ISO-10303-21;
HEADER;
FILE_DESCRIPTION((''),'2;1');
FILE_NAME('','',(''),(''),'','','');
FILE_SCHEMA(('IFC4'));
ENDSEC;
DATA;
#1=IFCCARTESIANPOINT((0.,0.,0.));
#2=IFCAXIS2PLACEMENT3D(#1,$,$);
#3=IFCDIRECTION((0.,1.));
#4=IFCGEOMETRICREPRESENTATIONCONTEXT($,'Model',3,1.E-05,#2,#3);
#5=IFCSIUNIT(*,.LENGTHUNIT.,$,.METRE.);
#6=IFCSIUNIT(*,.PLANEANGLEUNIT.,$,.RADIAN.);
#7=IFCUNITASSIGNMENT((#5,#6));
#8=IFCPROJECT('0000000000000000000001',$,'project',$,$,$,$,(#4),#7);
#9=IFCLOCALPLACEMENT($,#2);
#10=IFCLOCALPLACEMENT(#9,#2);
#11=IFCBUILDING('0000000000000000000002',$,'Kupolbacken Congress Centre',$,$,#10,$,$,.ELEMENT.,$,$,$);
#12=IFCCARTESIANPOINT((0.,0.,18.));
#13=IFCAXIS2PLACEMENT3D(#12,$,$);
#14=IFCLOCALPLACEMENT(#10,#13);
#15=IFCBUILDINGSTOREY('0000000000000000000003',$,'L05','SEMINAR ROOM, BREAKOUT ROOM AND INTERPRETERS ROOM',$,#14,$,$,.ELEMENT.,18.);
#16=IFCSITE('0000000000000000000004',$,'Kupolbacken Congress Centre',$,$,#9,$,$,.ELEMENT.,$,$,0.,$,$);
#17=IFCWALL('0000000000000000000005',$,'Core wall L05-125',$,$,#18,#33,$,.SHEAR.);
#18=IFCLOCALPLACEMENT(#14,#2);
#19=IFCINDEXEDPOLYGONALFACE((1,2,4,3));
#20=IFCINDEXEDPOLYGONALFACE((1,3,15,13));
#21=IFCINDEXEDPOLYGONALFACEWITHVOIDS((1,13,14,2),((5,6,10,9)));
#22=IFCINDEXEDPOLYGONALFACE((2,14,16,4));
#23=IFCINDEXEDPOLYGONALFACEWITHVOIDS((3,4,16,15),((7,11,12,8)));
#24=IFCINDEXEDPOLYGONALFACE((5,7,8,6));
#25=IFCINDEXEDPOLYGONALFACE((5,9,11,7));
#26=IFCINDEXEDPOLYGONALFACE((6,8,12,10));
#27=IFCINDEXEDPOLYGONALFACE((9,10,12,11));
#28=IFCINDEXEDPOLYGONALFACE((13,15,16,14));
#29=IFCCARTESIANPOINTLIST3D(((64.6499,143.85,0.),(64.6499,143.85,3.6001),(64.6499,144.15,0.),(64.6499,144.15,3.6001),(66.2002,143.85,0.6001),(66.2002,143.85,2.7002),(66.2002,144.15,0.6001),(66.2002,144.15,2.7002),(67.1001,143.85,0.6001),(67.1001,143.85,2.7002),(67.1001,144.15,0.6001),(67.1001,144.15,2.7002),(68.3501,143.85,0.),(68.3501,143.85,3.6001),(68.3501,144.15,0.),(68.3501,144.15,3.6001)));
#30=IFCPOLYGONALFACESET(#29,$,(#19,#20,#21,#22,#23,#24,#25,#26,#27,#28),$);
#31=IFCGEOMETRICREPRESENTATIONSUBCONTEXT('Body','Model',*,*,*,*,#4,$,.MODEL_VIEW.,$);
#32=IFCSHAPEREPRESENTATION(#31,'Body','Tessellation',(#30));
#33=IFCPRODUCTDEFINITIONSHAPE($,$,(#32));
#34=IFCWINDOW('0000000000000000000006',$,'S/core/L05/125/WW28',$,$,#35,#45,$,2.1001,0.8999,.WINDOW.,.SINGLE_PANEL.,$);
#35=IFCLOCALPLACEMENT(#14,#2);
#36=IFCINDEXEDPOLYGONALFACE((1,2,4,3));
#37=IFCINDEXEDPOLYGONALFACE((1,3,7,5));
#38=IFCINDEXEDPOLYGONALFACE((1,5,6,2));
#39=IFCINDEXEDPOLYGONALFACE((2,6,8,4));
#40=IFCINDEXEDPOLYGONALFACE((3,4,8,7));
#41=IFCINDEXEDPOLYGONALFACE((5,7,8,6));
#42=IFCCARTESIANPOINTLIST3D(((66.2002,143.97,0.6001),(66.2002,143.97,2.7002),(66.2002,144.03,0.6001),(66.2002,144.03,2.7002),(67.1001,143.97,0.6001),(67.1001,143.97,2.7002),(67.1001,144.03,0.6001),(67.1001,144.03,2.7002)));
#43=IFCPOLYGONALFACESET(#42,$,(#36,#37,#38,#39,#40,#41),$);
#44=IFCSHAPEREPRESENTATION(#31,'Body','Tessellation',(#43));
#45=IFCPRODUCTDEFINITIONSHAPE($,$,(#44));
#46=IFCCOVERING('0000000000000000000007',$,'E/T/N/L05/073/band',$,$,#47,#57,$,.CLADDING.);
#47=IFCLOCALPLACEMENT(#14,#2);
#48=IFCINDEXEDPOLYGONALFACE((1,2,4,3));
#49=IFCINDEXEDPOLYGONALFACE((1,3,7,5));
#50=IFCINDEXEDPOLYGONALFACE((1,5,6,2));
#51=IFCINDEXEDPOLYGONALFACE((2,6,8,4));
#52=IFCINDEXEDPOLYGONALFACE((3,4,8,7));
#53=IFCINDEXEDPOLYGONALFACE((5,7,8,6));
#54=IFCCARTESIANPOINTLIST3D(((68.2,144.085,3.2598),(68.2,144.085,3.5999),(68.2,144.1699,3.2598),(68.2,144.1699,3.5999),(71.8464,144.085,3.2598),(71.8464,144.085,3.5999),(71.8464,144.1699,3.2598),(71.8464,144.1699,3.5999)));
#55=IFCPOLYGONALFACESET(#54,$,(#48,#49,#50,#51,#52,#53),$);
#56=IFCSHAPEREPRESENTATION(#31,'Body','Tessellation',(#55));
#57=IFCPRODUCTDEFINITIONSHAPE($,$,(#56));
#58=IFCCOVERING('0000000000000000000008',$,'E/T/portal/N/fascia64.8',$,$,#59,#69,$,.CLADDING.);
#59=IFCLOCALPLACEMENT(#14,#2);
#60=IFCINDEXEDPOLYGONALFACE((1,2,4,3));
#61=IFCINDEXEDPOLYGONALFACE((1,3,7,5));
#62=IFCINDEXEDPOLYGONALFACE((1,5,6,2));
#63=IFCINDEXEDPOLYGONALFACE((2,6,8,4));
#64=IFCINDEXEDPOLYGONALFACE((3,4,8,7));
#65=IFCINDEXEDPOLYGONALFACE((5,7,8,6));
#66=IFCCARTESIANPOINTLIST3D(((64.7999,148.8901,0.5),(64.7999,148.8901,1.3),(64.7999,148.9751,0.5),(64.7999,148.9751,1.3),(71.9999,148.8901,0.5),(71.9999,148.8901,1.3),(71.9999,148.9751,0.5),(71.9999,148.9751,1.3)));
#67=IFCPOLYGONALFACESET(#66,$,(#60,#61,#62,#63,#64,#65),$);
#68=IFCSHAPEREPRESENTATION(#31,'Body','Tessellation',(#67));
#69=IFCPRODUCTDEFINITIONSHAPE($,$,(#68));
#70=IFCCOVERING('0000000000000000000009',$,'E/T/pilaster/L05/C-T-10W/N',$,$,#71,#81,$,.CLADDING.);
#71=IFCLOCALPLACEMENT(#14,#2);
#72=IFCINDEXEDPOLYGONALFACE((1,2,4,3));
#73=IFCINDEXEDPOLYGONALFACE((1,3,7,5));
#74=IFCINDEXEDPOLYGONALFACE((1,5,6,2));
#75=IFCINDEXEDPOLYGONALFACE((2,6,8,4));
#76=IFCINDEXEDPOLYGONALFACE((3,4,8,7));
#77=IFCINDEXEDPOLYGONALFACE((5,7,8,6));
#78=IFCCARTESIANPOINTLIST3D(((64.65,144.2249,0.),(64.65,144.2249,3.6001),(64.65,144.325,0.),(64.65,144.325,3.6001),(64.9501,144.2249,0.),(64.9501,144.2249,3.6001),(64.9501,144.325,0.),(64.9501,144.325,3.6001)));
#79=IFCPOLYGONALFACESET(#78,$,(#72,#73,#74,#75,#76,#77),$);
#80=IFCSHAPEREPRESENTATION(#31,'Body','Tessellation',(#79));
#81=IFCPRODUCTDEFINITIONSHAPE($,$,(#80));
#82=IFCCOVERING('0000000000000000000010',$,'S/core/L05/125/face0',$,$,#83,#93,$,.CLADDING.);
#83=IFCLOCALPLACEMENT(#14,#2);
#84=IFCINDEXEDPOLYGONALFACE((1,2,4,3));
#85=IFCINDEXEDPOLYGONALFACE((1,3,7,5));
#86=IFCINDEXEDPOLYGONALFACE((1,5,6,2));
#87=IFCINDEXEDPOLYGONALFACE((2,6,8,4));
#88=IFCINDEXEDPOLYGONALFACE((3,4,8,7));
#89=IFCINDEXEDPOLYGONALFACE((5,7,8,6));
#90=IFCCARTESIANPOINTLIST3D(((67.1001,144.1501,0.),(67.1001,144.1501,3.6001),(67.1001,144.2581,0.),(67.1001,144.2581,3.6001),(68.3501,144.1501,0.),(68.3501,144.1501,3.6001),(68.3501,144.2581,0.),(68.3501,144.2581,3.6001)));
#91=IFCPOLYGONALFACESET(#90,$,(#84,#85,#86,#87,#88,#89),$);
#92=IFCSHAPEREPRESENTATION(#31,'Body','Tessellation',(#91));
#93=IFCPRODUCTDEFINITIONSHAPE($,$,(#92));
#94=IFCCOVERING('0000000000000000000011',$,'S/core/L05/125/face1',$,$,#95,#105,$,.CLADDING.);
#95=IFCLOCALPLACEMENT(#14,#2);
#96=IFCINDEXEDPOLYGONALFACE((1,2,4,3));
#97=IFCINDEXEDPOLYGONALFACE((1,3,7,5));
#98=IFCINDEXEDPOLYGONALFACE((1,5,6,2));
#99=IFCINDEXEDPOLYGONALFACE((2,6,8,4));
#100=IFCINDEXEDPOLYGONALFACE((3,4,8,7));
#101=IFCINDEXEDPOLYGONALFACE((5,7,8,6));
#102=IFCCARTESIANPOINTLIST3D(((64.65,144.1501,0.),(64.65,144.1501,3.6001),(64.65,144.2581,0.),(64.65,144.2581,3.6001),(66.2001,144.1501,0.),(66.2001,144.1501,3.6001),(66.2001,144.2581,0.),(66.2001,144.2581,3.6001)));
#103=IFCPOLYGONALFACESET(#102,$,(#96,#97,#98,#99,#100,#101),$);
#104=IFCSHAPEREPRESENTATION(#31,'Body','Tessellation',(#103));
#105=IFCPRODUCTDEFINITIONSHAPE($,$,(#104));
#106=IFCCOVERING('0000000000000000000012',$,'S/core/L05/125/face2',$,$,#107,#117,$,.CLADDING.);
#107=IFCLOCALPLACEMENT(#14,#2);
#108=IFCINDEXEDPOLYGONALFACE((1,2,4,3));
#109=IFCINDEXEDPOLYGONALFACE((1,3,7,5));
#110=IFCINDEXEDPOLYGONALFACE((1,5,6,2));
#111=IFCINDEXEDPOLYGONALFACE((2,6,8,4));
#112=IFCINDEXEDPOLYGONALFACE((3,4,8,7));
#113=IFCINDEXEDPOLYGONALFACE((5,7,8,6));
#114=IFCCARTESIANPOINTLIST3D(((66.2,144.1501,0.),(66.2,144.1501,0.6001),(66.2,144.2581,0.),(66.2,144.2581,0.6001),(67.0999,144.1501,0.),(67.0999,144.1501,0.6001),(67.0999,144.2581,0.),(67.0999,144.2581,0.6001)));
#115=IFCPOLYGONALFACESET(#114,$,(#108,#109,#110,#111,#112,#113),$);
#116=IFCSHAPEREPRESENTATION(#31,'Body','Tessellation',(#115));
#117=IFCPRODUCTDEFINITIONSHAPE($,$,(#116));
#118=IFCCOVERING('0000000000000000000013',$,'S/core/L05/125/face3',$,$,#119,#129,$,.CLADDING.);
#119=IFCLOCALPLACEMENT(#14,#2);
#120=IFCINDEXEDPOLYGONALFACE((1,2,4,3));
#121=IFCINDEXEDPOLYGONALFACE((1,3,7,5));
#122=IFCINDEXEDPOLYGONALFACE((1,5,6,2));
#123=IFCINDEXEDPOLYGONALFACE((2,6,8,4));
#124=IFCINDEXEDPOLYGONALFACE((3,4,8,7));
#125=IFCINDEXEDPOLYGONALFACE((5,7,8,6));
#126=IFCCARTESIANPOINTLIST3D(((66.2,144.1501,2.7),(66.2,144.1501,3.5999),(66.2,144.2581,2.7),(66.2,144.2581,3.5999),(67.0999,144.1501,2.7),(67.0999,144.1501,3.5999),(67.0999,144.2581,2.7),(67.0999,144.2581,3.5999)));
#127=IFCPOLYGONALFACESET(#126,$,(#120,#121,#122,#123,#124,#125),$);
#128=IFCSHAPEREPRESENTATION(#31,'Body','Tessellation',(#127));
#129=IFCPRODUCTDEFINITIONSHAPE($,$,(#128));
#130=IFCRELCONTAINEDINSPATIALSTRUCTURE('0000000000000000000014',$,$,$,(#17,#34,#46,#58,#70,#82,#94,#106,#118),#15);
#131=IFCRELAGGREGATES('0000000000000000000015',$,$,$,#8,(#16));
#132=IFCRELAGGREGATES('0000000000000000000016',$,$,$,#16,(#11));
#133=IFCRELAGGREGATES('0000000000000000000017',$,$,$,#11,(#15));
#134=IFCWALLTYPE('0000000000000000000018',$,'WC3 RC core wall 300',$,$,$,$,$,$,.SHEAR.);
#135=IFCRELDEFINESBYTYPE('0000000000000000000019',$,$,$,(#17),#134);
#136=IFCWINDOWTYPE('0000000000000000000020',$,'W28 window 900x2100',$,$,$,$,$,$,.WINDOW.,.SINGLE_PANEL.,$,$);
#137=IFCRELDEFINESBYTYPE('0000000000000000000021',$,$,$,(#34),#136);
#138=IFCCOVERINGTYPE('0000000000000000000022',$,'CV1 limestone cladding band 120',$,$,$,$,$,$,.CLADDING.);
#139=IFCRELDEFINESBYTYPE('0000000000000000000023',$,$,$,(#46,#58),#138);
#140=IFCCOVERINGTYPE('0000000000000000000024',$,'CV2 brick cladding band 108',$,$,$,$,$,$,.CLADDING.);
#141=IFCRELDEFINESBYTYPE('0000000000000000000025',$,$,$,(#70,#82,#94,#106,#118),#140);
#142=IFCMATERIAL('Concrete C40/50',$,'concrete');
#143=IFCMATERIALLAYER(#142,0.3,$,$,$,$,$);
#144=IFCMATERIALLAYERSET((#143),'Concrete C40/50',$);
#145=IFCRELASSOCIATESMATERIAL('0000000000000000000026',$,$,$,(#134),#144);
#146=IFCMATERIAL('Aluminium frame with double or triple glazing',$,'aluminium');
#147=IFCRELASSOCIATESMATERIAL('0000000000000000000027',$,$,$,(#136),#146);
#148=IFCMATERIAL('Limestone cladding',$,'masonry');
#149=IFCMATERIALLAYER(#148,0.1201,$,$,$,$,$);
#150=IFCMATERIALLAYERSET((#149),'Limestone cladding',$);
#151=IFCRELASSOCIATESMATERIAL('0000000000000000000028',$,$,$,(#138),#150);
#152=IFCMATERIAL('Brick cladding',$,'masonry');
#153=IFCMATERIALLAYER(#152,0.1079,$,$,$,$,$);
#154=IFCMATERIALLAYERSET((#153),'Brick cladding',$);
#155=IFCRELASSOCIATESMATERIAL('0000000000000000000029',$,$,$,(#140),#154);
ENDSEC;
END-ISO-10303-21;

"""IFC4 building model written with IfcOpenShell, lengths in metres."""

from ifc_helpers import new_model, si_unit, direction, frame, frame_2d, origin, origin_2d, place, context, subcontext, project, spatial, rectangle, extrude, material, layer, layer_set, type_object, element, fill, save


model = new_model("IFC4")

# Units and contexts
model_context = context("Model", 3, precision=1e-05, world=origin(), true_north=direction((0.0, 1.0)))
body_context = subcontext(model_context, "Body", "Model", "MODEL_VIEW")
ifc_project = project(units=[si_unit("LENGTHUNIT", "METRE"), si_unit("PLANEANGLEUNIT", "RADIAN")], contexts=[model_context])

# Site, building, storey
site_placement = place(None, origin())
site = spatial("IfcSite", under=ifc_project, at=site_placement, Name="Kupolbacken Congress Centre", CompositionType="ELEMENT", RefElevation=0.0)
building_placement = place(site_placement, origin())
building = spatial("IfcBuilding", under=site, at=building_placement, Name="Kupolbacken Congress Centre", CompositionType="ELEMENT")
storey_placement = place(building_placement, frame((0.0, 0.0, 18.0)))
storey = spatial("IfcBuildingStorey", under=building, at=storey_placement, Name="L05", Description="SEMINAR ROOM, BREAKOUT ROOM AND INTERPRETERS ROOM", CompositionType="ELEMENT", Elevation=18.0)

# Shared definitions
ifc_material_1 = material(Name="Concrete C40/50", Category="concrete")
ifc_layer_1 = layer(ifc_material_1, 0.3)
ifc_layer_set_1 = layer_set([ifc_layer_1], Name="Concrete C40/50")
wall_type_1 = type_object("IfcWallType", Name="WC3 RC core wall 300", PredefinedType="SHEAR", material=ifc_layer_set_1)

# Wall, opening, window
ifc_material_2 = material(Name="Aluminium frame with double or triple glazing", Category="aluminium")
window_type = type_object("IfcWindowType", Name="W28 window 900x2100", PartitioningType="SINGLE_PANEL", PredefinedType="WINDOW", material=ifc_material_2)
wall_1_placement = place(storey_placement, frame((68.3501, 144.0, 0.0), z_axis=(0.0, 0.0, 1.0), x_axis=(-1.0, 0.0, 0.0)))
wall_1 = element("IfcWall", 1, at=wall_1_placement, inside=storey, type_object=wall_type_1, Name="Core wall L05-125", PredefinedType="SHEAR", context=body_context, shape_type="SweptSolid", body=[
    extrude(rectangle(XDim=3.7002, YDim=0.3, at=frame_2d((1.8501, 0.0))), origin(), (0.0, 0.0, 1.0), 3.6001),
])
opening_1_placement = place(wall_1_placement, frame((1.25, 0.0, 0.6001)))
opening_1 = element("IfcOpeningElement", 2, at=opening_1_placement, cuts=wall_1, PredefinedType="OPENING", context=body_context, shape_type="SweptSolid", body=[
    extrude(rectangle(XDim=0.8999, YDim=2.1001, at=frame_2d((0.45, 1.05))), frame((0.0, 0.1599, 0.0), z_axis=(0.0, -1.0, 0.0), x_axis=(1.0, 0.0, 0.0)), (0.0, 0.0, 1.0), 0.3201),
])
window_1_placement = place(opening_1_placement, origin())
window_1 = element("IfcWindow", 3, at=window_1_placement, inside=storey, type_object=window_type, Name="S/core/L05/125/WW28", OverallHeight=2.1001, OverallWidth=0.8999, PartitioningType="SINGLE_PANEL", PredefinedType="WINDOW", context=body_context, shape_type="SweptSolid", body=[
    extrude(rectangle(XDim=0.8999, YDim=2.1001, at=frame_2d((0.45, 1.05))), frame((0.0, 0.03, 0.0), z_axis=(0.0, -1.0, 0.0), x_axis=(1.0, 0.0, 0.0)), (0.0, 0.0, 1.0), 0.0601),
])
fill(opening_1, window_1)

# Coverings
ifc_material_3 = material(Name="Limestone cladding", Category="masonry")
ifc_layer_2 = layer(ifc_material_3, 0.1201)
ifc_layer_set_2 = layer_set([ifc_layer_2], Name="Limestone cladding")
covering_type_1 = type_object("IfcCoveringType", Name="CV1 limestone cladding band 120", PredefinedType="CLADDING", material=ifc_layer_set_2)
covering_1_placement = place(storey_placement, frame((70.0232, 144.1274, 3.2598), z_axis=(0.0, 0.0, 1.0), x_axis=(-1.0, 0.0, 0.0)))
element("IfcCovering", 4, at=covering_1_placement, inside=storey, type_object=covering_type_1, Name="E/T/N/L05/073/band", PredefinedType="CLADDING", context=body_context, shape_type="SweptSolid", body=[
    extrude(rectangle(XDim=3.6465, YDim=0.085, at=origin_2d()), origin(), (0.0, 0.0, 1.0), 0.3401),
])
covering_2_placement = place(storey_placement, frame((68.3999, 148.9326, 0.5), z_axis=(0.0, 0.0, 1.0), x_axis=(1.0, 0.0, 0.0)))
element("IfcCovering", 5, at=covering_2_placement, inside=storey, type_object=covering_type_1, Name="E/T/portal/N/fascia64.8", PredefinedType="CLADDING", context=body_context, shape_type="SweptSolid", body=[
    extrude(rectangle(XDim=7.2, YDim=0.085, at=origin_2d()), origin(), (0.0, 0.0, 1.0), 0.8),
])
ifc_material_4 = material(Name="Brick cladding", Category="masonry")
ifc_layer_3 = layer(ifc_material_4, 0.1079)
ifc_layer_set_3 = layer_set([ifc_layer_3], Name="Brick cladding")
covering_type_2 = type_object("IfcCoveringType", Name="CV2 brick cladding band 108", PredefinedType="CLADDING", material=ifc_layer_set_3)
covering_3_placement = place(storey_placement, frame((64.8, 144.2749, 0.0), z_axis=(0.0, 0.0, 1.0), x_axis=(1.0, 0.0, 0.0)))
element("IfcCovering", 6, at=covering_3_placement, inside=storey, type_object=covering_type_2, Name="E/T/pilaster/L05/C-T-10W/N", PredefinedType="CLADDING", context=body_context, shape_type="SweptSolid", body=[
    extrude(rectangle(XDim=0.3, YDim=0.1001, at=origin_2d()), origin(), (0.0, 0.0, 1.0), 3.6001),
])
covering_4_placement = place(storey_placement, frame((67.7251, 144.2041, 0.0), z_axis=(0.0, 0.0, 1.0), x_axis=(-1.0, 0.0, 0.0)))
element("IfcCovering", 7, at=covering_4_placement, inside=storey, type_object=covering_type_2, Name="S/core/L05/125/face0", PredefinedType="CLADDING", context=body_context, shape_type="SweptSolid", body=[
    extrude(rectangle(XDim=1.25, YDim=0.1079, at=origin_2d()), origin(), (0.0, 0.0, 1.0), 3.6001),
])
covering_5_placement = place(storey_placement, frame((65.425, 144.2041, 0.0), z_axis=(0.0, 0.0, 1.0), x_axis=(-1.0, 0.0, 0.0)))
element("IfcCovering", 8, at=covering_5_placement, inside=storey, type_object=covering_type_2, Name="S/core/L05/125/face1", PredefinedType="CLADDING", context=body_context, shape_type="SweptSolid", body=[
    extrude(rectangle(XDim=1.55, YDim=0.1079, at=origin_2d()), origin(), (0.0, 0.0, 1.0), 3.6001),
])
covering_6_placement = place(storey_placement, frame((66.6499, 144.2041, 0.0), z_axis=(0.0, 0.0, 1.0), x_axis=(-1.0, 0.0, 0.0)))
element("IfcCovering", 9, at=covering_6_placement, inside=storey, type_object=covering_type_2, Name="S/core/L05/125/face2", PredefinedType="CLADDING", context=body_context, shape_type="SweptSolid", body=[
    extrude(rectangle(XDim=0.8999, YDim=0.1079, at=origin_2d()), origin(), (0.0, 0.0, 1.0), 0.6001),
])
covering_7_placement = place(storey_placement, frame((66.6499, 144.2041, 2.7), z_axis=(0.0, 0.0, 1.0), x_axis=(-1.0, 0.0, 0.0)))
element("IfcCovering", 10, at=covering_7_placement, inside=storey, type_object=covering_type_2, Name="S/core/L05/125/face3", PredefinedType="CLADDING", context=body_context, shape_type="SweptSolid", body=[
    extrude(rectangle(XDim=0.8999, YDim=0.1079, at=origin_2d()), origin(), (0.0, 0.0, 1.0), 0.8999),
])

save(model, "model.ifc")
